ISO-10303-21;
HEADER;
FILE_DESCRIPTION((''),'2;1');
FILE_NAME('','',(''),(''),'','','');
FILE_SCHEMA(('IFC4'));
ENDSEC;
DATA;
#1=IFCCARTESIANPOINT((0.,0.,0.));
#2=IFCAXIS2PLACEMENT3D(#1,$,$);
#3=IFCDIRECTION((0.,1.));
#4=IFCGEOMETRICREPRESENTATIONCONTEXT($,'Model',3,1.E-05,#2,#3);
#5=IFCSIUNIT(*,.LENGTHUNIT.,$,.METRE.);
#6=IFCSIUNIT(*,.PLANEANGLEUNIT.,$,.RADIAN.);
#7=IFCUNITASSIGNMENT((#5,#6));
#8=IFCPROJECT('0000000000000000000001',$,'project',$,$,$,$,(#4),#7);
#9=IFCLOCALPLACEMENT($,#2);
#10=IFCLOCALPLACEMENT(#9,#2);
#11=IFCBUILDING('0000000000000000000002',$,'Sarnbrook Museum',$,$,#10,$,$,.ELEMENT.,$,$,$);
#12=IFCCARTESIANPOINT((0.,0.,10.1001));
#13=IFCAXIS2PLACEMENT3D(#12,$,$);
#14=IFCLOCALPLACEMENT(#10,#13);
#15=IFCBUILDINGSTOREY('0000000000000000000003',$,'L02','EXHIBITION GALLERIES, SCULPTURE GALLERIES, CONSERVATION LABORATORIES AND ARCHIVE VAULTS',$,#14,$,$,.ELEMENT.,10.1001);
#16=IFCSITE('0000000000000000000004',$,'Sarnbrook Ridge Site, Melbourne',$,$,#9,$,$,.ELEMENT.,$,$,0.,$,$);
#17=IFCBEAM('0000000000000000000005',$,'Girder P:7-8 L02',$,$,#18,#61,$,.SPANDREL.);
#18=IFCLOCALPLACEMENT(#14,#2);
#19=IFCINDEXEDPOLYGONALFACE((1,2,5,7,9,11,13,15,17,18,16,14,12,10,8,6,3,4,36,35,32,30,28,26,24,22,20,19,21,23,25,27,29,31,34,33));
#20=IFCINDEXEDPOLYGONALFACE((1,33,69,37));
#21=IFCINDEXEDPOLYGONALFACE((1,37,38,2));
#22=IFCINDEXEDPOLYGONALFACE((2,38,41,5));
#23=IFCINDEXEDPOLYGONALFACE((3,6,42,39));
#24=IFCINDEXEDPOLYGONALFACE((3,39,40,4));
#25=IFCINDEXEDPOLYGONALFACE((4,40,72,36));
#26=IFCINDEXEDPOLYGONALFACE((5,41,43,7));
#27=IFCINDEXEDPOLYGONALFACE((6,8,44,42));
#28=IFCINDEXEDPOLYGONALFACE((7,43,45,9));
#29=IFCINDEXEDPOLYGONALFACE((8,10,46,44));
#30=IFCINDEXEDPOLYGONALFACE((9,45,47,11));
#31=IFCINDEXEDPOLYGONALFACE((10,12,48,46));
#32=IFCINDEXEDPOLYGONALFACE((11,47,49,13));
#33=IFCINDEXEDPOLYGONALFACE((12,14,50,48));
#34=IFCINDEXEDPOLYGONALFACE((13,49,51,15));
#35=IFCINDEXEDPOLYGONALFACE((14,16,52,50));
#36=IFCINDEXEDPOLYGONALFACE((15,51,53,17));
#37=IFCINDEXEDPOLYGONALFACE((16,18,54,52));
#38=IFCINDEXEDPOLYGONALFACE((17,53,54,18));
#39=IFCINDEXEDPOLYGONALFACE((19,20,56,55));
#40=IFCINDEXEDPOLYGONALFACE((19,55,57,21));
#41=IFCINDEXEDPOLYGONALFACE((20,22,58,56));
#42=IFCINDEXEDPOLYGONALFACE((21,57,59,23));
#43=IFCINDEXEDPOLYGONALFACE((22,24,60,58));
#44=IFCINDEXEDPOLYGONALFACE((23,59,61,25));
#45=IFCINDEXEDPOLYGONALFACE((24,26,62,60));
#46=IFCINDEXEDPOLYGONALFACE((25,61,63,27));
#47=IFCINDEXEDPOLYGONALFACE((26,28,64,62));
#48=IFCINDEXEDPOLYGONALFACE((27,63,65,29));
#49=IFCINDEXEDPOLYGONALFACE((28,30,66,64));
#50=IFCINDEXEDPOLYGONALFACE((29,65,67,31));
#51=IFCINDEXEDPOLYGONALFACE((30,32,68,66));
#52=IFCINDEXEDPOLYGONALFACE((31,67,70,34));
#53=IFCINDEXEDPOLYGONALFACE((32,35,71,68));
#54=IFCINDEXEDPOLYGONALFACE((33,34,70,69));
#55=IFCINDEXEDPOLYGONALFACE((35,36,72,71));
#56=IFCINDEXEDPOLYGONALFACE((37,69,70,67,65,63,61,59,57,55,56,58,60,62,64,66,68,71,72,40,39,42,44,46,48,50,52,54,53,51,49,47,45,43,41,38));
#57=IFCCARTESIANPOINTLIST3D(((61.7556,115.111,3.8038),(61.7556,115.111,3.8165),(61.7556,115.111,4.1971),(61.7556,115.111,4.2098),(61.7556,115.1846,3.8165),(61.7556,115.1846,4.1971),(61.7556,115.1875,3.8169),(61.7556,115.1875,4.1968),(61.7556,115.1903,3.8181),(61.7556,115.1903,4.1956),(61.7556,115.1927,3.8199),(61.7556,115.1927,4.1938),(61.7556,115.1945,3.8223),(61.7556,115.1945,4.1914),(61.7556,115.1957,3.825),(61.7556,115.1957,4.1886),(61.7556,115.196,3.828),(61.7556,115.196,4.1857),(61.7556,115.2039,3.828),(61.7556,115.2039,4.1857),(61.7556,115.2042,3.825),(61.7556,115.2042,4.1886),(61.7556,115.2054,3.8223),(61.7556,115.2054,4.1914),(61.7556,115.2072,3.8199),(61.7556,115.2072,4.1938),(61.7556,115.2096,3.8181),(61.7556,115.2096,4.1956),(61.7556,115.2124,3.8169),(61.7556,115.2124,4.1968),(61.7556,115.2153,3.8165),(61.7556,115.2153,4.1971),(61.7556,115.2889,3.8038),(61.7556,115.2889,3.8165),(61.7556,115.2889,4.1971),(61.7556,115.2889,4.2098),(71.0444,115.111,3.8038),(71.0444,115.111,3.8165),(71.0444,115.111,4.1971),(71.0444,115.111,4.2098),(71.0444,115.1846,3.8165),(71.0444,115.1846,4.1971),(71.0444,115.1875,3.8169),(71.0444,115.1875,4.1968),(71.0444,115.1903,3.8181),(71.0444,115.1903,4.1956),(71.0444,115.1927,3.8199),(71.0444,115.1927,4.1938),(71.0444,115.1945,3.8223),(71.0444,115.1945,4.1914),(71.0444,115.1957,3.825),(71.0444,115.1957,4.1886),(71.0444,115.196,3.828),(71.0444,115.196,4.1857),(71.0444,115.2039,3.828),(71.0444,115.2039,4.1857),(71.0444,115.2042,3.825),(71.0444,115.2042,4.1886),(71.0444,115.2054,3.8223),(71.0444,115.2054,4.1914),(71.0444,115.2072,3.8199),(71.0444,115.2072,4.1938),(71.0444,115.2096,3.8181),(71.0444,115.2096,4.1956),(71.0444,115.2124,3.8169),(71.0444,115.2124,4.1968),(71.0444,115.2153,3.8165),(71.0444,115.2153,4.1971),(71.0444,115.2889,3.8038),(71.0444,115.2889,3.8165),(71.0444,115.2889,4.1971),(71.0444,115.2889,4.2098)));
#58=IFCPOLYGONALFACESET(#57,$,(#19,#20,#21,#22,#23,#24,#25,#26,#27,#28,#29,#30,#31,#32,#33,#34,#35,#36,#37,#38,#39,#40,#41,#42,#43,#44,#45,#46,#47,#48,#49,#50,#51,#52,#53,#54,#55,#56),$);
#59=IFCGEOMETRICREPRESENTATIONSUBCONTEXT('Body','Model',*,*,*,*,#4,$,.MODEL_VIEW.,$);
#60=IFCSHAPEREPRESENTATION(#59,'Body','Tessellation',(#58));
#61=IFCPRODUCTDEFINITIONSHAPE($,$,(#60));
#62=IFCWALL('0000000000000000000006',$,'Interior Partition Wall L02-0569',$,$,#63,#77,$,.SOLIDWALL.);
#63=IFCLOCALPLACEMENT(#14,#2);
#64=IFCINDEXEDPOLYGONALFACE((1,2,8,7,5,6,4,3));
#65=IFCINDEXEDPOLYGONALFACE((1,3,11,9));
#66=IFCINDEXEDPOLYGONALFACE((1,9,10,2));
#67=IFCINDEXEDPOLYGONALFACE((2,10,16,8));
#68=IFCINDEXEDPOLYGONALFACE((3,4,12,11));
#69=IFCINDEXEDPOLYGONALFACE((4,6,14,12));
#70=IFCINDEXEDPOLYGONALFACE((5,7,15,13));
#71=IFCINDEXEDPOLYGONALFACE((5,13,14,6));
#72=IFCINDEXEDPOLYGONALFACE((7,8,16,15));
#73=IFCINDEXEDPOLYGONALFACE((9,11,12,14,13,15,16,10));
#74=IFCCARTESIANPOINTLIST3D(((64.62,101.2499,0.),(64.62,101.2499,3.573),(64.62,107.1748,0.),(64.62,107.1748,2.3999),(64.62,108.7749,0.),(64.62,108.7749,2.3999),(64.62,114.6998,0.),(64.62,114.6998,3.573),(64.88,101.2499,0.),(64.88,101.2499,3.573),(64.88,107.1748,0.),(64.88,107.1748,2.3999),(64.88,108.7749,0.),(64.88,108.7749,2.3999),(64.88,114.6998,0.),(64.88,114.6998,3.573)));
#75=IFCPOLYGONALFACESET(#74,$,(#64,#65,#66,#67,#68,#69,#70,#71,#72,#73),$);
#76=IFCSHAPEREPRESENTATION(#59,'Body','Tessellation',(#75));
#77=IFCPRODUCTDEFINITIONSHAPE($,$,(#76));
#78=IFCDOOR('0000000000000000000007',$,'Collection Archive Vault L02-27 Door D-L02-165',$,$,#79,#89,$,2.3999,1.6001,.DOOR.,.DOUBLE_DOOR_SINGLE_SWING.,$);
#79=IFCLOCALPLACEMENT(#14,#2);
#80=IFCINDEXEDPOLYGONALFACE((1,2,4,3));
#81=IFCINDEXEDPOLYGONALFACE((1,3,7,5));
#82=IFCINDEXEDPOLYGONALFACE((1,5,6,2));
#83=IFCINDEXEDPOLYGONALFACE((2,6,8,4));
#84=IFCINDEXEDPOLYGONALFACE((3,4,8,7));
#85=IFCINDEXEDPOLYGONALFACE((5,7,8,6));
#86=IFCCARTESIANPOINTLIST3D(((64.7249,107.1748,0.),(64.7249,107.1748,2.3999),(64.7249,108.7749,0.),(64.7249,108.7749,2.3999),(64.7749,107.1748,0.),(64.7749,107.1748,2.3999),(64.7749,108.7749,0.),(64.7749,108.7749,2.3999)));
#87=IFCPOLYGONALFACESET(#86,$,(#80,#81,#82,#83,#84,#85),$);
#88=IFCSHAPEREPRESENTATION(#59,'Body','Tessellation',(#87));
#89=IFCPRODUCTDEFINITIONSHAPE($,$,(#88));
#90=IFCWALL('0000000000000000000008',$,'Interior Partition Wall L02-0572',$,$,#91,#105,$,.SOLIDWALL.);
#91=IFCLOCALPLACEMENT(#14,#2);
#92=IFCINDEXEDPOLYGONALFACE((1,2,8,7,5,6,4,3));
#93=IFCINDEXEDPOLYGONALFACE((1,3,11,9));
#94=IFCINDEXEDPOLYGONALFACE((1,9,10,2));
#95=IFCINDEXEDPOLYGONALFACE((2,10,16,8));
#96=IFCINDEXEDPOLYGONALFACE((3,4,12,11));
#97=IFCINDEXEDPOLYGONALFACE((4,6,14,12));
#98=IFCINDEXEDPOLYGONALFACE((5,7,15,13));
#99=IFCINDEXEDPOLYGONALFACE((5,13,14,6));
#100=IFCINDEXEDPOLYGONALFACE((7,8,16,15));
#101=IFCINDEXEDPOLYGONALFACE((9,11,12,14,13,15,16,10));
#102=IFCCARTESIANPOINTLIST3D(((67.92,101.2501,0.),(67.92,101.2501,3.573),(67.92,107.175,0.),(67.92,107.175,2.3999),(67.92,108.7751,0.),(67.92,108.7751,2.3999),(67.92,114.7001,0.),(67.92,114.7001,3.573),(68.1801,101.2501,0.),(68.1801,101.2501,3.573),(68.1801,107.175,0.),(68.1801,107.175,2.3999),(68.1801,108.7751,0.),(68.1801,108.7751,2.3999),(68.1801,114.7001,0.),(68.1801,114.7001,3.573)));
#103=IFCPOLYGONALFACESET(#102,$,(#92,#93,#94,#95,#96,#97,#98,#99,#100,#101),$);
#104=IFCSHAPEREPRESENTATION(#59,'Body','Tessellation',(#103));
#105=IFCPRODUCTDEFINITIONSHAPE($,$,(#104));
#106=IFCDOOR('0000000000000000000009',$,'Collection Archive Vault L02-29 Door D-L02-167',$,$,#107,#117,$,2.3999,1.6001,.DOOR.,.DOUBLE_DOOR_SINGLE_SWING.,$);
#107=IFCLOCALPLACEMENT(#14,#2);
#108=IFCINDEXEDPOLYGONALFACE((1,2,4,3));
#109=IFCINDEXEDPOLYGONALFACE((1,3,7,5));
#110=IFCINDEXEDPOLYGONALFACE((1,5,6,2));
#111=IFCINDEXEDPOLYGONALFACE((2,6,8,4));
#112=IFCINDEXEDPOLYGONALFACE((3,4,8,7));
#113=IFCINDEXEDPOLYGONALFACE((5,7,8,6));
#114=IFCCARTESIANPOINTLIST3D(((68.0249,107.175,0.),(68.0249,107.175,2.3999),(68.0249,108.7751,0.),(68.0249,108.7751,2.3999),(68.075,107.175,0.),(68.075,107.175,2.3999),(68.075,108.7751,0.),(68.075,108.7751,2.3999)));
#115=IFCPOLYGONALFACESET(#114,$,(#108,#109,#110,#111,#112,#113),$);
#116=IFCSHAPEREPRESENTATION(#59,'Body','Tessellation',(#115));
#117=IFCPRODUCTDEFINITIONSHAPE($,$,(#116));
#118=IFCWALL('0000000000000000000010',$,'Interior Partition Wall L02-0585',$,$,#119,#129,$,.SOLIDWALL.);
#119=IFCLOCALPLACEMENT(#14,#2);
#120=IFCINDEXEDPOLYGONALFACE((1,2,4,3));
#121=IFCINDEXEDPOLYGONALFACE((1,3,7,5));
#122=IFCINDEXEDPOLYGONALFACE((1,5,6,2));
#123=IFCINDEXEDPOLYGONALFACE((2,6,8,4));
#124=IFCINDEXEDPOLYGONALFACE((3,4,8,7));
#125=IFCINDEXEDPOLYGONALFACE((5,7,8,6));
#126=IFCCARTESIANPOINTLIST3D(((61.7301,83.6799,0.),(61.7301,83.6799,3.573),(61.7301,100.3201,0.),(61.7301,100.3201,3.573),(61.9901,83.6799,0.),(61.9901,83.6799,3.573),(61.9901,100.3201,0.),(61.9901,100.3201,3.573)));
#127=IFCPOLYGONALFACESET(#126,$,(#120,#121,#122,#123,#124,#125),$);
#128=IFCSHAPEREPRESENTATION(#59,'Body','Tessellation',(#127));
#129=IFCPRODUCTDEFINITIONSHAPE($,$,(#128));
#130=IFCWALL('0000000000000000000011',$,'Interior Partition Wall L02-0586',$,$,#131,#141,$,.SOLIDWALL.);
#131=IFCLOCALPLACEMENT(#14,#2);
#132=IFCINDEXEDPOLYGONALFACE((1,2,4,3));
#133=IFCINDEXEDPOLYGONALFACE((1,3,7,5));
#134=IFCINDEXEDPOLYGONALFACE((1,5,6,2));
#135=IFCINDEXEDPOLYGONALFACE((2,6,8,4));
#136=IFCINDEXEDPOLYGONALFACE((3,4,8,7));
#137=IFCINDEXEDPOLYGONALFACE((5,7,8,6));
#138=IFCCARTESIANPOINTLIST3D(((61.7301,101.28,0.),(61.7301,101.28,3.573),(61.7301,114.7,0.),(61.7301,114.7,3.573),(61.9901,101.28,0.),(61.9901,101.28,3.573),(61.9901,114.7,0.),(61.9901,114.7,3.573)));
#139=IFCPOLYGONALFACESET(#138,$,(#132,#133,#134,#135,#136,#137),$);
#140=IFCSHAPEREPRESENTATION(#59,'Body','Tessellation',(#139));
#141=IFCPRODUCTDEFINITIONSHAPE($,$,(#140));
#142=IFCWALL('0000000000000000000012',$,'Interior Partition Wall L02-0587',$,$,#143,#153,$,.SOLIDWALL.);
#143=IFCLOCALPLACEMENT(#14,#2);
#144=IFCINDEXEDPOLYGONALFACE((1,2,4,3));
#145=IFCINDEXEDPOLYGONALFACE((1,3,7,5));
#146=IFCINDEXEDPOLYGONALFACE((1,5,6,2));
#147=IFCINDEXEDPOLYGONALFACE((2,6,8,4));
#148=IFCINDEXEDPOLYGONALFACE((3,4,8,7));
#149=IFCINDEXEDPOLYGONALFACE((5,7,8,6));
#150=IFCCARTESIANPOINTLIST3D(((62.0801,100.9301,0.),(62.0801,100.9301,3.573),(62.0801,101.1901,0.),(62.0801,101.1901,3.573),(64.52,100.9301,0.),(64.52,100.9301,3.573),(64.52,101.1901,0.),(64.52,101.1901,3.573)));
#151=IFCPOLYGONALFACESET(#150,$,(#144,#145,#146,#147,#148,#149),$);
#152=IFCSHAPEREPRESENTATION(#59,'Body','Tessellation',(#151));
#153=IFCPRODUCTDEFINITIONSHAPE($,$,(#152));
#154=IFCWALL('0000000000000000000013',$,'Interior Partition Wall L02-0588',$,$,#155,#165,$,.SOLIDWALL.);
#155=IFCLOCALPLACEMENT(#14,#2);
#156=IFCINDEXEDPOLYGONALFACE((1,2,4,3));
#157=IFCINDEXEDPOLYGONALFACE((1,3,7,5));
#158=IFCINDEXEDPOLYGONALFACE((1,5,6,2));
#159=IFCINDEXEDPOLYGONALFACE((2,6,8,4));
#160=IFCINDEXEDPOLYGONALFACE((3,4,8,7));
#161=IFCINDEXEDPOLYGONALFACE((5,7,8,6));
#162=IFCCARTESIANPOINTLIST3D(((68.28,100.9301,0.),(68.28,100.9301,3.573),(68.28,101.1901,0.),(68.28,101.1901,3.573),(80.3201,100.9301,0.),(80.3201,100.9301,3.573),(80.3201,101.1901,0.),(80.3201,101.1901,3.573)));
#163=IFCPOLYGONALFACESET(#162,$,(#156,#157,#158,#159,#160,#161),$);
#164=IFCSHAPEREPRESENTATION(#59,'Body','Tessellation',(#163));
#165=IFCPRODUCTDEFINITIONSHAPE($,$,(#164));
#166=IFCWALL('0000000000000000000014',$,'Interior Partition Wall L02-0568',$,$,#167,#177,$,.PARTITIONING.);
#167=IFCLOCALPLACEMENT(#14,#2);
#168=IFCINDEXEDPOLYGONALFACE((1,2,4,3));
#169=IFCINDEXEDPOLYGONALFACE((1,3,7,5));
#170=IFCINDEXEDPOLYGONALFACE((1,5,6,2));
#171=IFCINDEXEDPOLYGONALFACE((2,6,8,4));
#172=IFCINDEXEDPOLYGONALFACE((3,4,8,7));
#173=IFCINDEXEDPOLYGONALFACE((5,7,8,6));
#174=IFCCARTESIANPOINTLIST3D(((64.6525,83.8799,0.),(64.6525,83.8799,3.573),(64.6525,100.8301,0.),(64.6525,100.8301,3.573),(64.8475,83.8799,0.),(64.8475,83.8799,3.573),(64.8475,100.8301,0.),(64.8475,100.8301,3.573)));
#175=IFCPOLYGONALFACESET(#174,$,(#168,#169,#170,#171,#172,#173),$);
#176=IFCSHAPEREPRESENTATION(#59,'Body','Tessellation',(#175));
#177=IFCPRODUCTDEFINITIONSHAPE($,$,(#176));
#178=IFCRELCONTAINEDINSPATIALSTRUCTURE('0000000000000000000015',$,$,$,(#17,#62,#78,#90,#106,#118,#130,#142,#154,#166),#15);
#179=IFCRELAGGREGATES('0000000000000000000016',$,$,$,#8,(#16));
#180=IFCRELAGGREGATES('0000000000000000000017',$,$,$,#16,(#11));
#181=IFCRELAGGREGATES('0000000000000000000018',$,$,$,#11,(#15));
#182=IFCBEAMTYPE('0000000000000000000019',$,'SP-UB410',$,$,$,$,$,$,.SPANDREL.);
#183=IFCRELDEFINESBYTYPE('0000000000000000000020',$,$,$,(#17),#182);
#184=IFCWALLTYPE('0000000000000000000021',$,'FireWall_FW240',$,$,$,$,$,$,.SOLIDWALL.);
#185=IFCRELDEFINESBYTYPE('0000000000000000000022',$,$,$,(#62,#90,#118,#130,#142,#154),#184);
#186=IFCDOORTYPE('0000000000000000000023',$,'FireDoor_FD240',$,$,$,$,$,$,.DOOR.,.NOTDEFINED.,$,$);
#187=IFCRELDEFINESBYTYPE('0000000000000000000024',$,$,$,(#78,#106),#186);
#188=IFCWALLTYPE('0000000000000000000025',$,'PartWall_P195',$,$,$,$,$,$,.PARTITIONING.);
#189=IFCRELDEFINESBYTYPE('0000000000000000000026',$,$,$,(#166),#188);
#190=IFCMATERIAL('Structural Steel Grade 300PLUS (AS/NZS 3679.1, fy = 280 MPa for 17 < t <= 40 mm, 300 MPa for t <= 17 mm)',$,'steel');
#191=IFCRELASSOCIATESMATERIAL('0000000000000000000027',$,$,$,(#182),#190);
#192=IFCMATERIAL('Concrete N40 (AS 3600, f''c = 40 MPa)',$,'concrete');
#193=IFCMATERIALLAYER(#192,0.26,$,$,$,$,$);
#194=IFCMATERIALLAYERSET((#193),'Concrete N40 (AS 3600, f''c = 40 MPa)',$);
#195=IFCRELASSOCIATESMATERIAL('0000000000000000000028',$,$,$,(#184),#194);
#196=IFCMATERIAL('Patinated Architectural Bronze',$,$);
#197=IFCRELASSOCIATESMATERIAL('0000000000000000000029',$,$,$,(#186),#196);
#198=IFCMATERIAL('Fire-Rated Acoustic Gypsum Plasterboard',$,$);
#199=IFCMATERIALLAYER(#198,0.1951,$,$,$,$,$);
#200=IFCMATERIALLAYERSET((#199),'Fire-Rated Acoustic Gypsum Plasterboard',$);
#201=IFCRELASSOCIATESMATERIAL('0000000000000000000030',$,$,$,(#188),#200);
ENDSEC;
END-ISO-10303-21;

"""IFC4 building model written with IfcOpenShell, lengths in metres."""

from ifc_helpers import new_model, si_unit, direction, frame, frame_2d, origin, origin_2d, place, context, subcontext, project, spatial, rectangle, i_section, extrude, material, layer, layer_set, material_profile, profile_set, type_object, element, fill, save


model = new_model("IFC4")

# Units and contexts
model_context = context("Model", 3, precision=1e-05, world=origin(), true_north=direction((0.0, 1.0)))
body_context = subcontext(model_context, "Body", "Model", "MODEL_VIEW")
ifc_project = project(units=[si_unit("LENGTHUNIT", "METRE"), si_unit("PLANEANGLEUNIT", "RADIAN")], contexts=[model_context])

# Site, building, storey
site_placement = place(None, origin())
site = spatial("IfcSite", under=ifc_project, at=site_placement, Name="Sarnbrook Ridge Site, Melbourne", CompositionType="ELEMENT", RefElevation=0.0)
building_placement = place(site_placement, origin())
building = spatial("IfcBuilding", under=site, at=building_placement, Name="Sarnbrook Museum", CompositionType="ELEMENT")
storey_placement = place(building_placement, frame((0.0, 0.0, 10.1001)))
storey = spatial("IfcBuildingStorey", under=building, at=storey_placement, Name="L02", Description="EXHIBITION GALLERIES, SCULPTURE GALLERIES, CONSERVATION LABORATORIES AND ARCHIVE VAULTS", CompositionType="ELEMENT", Elevation=10.1001)

# Shared definitions
ifc_material_1 = material(Name="Structural Steel Grade 300PLUS (AS/NZS 3679.1, fy = 280 MPa for 17 < t <= 40 mm, 300 MPa for t <= 17 mm)", Category="steel")
ifc_material_2 = material(Name="Concrete N40 (AS 3600, f'c = 40 MPa)", Category="concrete")

# Beam
ifc_material_profile_1 = material_profile(ifc_material_1, i_section(OverallWidth=0.178, OverallDepth=0.406, WebThickness=0.0078, FlangeThickness=0.0127, FilletRadius=0.0115, at=origin_2d()), Name="410UB59.7")
ifc_profile_set_1 = profile_set([ifc_material_profile_1], Name="Structural Steel Grade 300PLUS (AS/NZS 3679.1, fy = 280 MPa for 17 < t <= 40 mm, 300 MPa for t <= 17 mm)")
beam_type_1 = type_object("IfcBeamType", Name="SP-UB410", PredefinedType="SPANDREL", material=ifc_profile_set_1)
beam_1_placement = place(storey_placement, frame((61.7556, 115.2, 4.0068), z_axis=(1.0, 0.0, 0.0), x_axis=(0.0, 1.0, 0.0)))
element("IfcBeam", 1, at=beam_1_placement, inside=storey, type_object=beam_type_1, Name="Girder P:7-8 L02", PredefinedType="SPANDREL", context=body_context, shape_type="SweptSolid", body=[
    extrude(i_section(OverallWidth=0.178, OverallDepth=0.406, WebThickness=0.0078, FlangeThickness=0.0127, FilletRadius=0.0115, at=origin_2d()), origin(), (0.0, 0.0, 1.0), 9.2888),
])

# Walls, openings, doors
ifc_layer_1 = layer(ifc_material_2, 0.26)
ifc_layer_set_1 = layer_set([ifc_layer_1], Name="Concrete N40 (AS 3600, f'c = 40 MPa)")
wall_type_1 = type_object("IfcWallType", Name="FireWall_FW240", PredefinedType="SOLIDWALL", material=ifc_layer_set_1)
wall_1_placement = place(storey_placement, frame((64.75, 114.7, 0.0), z_axis=(0.0, 0.0, 1.0), x_axis=(0.0, -1.0, 0.0)))
wall_1 = element("IfcWall", 2, at=wall_1_placement, inside=storey, type_object=wall_type_1, Name="Interior Partition Wall L02-0569", PredefinedType="SOLIDWALL", context=body_context, shape_type="SweptSolid", body=[
    extrude(rectangle(XDim=13.45, YDim=0.26, at=frame_2d((6.7251, 0.0))), origin(), (0.0, 0.0, 1.0), 3.573),
])
opening_1_placement = place(wall_1_placement, frame((5.925, 0.0, 0.0)))
opening_1 = element("IfcOpeningElement", 3, at=opening_1_placement, cuts=wall_1, PredefinedType="OPENING", context=body_context, shape_type="SweptSolid", body=[
    extrude(rectangle(XDim=1.6001, YDim=2.3999, at=frame_2d((0.8, 1.2))), frame((0.0, 0.1401, 0.0), z_axis=(0.0, -1.0, 0.0), x_axis=(1.0, 0.0, 0.0)), (0.0, 0.0, 1.0), 0.28),
])
ifc_material_3 = material(Name="Patinated Architectural Bronze")
door_type = type_object("IfcDoorType", Name="FireDoor_FD240", OperationType="NOTDEFINED", PredefinedType="DOOR", material=ifc_material_3)
door_1_placement = place(opening_1_placement, origin())
door_1 = element("IfcDoor", 4, at=door_1_placement, inside=storey, type_object=door_type, Name="Collection Archive Vault L02-27 Door D-L02-165", OperationType="DOUBLE_DOOR_SINGLE_SWING", OverallHeight=2.3999, OverallWidth=1.6001, PredefinedType="DOOR", context=body_context, shape_type="SweptSolid", body=[
    extrude(rectangle(XDim=1.6001, YDim=2.3999, at=frame_2d((0.8, 1.2))), frame((0.0, 0.0249, 0.0), z_axis=(0.0, -1.0, 0.0), x_axis=(1.0, 0.0, 0.0)), (0.0, 0.0, 1.0), 0.05),
])
fill(opening_1, door_1)
wall_2_placement = place(storey_placement, frame((68.05, 101.25, 0.0), z_axis=(0.0, 0.0, 1.0), x_axis=(0.0, 1.0, 0.0)))
wall_2 = element("IfcWall", 5, at=wall_2_placement, inside=storey, type_object=wall_type_1, Name="Interior Partition Wall L02-0572", PredefinedType="SOLIDWALL", context=body_context, shape_type="SweptSolid", body=[
    extrude(rectangle(XDim=13.45, YDim=0.26, at=frame_2d((6.7251, 0.0))), origin(), (0.0, 0.0, 1.0), 3.573),
])
opening_2_placement = place(wall_2_placement, frame((5.925, 0.0, 0.0)))
opening_2 = element("IfcOpeningElement", 6, at=opening_2_placement, cuts=wall_2, PredefinedType="OPENING", context=body_context, shape_type="SweptSolid", body=[
    extrude(rectangle(XDim=1.6001, YDim=2.3999, at=frame_2d((0.8, 1.2))), frame((0.0, 0.1401, 0.0), z_axis=(0.0, -1.0, 0.0), x_axis=(1.0, 0.0, 0.0)), (0.0, 0.0, 1.0), 0.28),
])
door_2_placement = place(opening_2_placement, frame((1.6001, 0.0, 0.0), z_axis=(0.0, 0.0, 1.0), x_axis=(-1.0, 0.0, 0.0)))
door_2 = element("IfcDoor", 7, at=door_2_placement, inside=storey, type_object=door_type, Name="Collection Archive Vault L02-29 Door D-L02-167", OperationType="DOUBLE_DOOR_SINGLE_SWING", OverallHeight=2.3999, OverallWidth=1.6001, PredefinedType="DOOR", context=body_context, shape_type="SweptSolid", body=[
    extrude(rectangle(XDim=1.6001, YDim=2.3999, at=frame_2d((0.8, 1.2))), frame((0.0, 0.0249, 0.0), z_axis=(0.0, -1.0, 0.0), x_axis=(1.0, 0.0, 0.0)), (0.0, 0.0, 1.0), 0.05),
])
fill(opening_2, door_2)

# Walls
wall_3_placement = place(storey_placement, frame((61.8601, 100.3201, 0.0), z_axis=(0.0, 0.0, 1.0), x_axis=(0.0, -1.0, 0.0)))
element("IfcWall", 8, at=wall_3_placement, inside=storey, type_object=wall_type_1, Name="Interior Partition Wall L02-0585", PredefinedType="SOLIDWALL", context=body_context, shape_type="SweptSolid", body=[
    extrude(rectangle(XDim=16.6401, YDim=0.26, at=frame_2d((8.3201, 0.0))), origin(), (0.0, 0.0, 1.0), 3.573),
])
wall_4_placement = place(storey_placement, frame((61.8601, 114.7, 0.0), z_axis=(0.0, 0.0, 1.0), x_axis=(0.0, -1.0, 0.0)))
element("IfcWall", 9, at=wall_4_placement, inside=storey, type_object=wall_type_1, Name="Interior Partition Wall L02-0586", PredefinedType="SOLIDWALL", context=body_context, shape_type="SweptSolid", body=[
    extrude(rectangle(XDim=13.4199, YDim=0.26, at=frame_2d((6.71, 0.0))), origin(), (0.0, 0.0, 1.0), 3.573),
])
wall_5_placement = place(storey_placement, frame((62.0801, 101.0601, 0.0), z_axis=(0.0, 0.0, 1.0), x_axis=(1.0, 0.0, 0.0)))
element("IfcWall", 10, at=wall_5_placement, inside=storey, type_object=wall_type_1, Name="Interior Partition Wall L02-0587", PredefinedType="SOLIDWALL", context=body_context, shape_type="SweptSolid", body=[
    extrude(rectangle(XDim=2.4399, YDim=0.26, at=frame_2d((1.22, 0.0))), origin(), (0.0, 0.0, 1.0), 3.573),
])
wall_6_placement = place(storey_placement, frame((68.28, 101.0601, 0.0), z_axis=(0.0, 0.0, 1.0), x_axis=(1.0, 0.0, 0.0)))
element("IfcWall", 11, at=wall_6_placement, inside=storey, type_object=wall_type_1, Name="Interior Partition Wall L02-0588", PredefinedType="SOLIDWALL", context=body_context, shape_type="SweptSolid", body=[
    extrude(rectangle(XDim=12.04, YDim=0.26, at=frame_2d((6.02, 0.0))), origin(), (0.0, 0.0, 1.0), 3.573),
])
ifc_material_4 = material(Name="Fire-Rated Acoustic Gypsum Plasterboard")
ifc_layer_2 = layer(ifc_material_4, 0.1951)
ifc_layer_set_2 = layer_set([ifc_layer_2], Name="Fire-Rated Acoustic Gypsum Plasterboard")
wall_type_2 = type_object("IfcWallType", Name="PartWall_P195", PredefinedType="PARTITIONING", material=ifc_layer_set_2)
wall_7_placement = place(storey_placement, frame((64.75, 100.8301, 0.0), z_axis=(0.0, 0.0, 1.0), x_axis=(0.0, -1.0, 0.0)))
element("IfcWall", 12, at=wall_7_placement, inside=storey, type_object=wall_type_2, Name="Interior Partition Wall L02-0568", PredefinedType="PARTITIONING", context=body_context, shape_type="SweptSolid", body=[
    extrude(rectangle(XDim=16.9502, YDim=0.1951, at=frame_2d((8.4751, 0.0))), origin(), (0.0, 0.0, 1.0), 3.573),
])

save(model, "model.ifc")
